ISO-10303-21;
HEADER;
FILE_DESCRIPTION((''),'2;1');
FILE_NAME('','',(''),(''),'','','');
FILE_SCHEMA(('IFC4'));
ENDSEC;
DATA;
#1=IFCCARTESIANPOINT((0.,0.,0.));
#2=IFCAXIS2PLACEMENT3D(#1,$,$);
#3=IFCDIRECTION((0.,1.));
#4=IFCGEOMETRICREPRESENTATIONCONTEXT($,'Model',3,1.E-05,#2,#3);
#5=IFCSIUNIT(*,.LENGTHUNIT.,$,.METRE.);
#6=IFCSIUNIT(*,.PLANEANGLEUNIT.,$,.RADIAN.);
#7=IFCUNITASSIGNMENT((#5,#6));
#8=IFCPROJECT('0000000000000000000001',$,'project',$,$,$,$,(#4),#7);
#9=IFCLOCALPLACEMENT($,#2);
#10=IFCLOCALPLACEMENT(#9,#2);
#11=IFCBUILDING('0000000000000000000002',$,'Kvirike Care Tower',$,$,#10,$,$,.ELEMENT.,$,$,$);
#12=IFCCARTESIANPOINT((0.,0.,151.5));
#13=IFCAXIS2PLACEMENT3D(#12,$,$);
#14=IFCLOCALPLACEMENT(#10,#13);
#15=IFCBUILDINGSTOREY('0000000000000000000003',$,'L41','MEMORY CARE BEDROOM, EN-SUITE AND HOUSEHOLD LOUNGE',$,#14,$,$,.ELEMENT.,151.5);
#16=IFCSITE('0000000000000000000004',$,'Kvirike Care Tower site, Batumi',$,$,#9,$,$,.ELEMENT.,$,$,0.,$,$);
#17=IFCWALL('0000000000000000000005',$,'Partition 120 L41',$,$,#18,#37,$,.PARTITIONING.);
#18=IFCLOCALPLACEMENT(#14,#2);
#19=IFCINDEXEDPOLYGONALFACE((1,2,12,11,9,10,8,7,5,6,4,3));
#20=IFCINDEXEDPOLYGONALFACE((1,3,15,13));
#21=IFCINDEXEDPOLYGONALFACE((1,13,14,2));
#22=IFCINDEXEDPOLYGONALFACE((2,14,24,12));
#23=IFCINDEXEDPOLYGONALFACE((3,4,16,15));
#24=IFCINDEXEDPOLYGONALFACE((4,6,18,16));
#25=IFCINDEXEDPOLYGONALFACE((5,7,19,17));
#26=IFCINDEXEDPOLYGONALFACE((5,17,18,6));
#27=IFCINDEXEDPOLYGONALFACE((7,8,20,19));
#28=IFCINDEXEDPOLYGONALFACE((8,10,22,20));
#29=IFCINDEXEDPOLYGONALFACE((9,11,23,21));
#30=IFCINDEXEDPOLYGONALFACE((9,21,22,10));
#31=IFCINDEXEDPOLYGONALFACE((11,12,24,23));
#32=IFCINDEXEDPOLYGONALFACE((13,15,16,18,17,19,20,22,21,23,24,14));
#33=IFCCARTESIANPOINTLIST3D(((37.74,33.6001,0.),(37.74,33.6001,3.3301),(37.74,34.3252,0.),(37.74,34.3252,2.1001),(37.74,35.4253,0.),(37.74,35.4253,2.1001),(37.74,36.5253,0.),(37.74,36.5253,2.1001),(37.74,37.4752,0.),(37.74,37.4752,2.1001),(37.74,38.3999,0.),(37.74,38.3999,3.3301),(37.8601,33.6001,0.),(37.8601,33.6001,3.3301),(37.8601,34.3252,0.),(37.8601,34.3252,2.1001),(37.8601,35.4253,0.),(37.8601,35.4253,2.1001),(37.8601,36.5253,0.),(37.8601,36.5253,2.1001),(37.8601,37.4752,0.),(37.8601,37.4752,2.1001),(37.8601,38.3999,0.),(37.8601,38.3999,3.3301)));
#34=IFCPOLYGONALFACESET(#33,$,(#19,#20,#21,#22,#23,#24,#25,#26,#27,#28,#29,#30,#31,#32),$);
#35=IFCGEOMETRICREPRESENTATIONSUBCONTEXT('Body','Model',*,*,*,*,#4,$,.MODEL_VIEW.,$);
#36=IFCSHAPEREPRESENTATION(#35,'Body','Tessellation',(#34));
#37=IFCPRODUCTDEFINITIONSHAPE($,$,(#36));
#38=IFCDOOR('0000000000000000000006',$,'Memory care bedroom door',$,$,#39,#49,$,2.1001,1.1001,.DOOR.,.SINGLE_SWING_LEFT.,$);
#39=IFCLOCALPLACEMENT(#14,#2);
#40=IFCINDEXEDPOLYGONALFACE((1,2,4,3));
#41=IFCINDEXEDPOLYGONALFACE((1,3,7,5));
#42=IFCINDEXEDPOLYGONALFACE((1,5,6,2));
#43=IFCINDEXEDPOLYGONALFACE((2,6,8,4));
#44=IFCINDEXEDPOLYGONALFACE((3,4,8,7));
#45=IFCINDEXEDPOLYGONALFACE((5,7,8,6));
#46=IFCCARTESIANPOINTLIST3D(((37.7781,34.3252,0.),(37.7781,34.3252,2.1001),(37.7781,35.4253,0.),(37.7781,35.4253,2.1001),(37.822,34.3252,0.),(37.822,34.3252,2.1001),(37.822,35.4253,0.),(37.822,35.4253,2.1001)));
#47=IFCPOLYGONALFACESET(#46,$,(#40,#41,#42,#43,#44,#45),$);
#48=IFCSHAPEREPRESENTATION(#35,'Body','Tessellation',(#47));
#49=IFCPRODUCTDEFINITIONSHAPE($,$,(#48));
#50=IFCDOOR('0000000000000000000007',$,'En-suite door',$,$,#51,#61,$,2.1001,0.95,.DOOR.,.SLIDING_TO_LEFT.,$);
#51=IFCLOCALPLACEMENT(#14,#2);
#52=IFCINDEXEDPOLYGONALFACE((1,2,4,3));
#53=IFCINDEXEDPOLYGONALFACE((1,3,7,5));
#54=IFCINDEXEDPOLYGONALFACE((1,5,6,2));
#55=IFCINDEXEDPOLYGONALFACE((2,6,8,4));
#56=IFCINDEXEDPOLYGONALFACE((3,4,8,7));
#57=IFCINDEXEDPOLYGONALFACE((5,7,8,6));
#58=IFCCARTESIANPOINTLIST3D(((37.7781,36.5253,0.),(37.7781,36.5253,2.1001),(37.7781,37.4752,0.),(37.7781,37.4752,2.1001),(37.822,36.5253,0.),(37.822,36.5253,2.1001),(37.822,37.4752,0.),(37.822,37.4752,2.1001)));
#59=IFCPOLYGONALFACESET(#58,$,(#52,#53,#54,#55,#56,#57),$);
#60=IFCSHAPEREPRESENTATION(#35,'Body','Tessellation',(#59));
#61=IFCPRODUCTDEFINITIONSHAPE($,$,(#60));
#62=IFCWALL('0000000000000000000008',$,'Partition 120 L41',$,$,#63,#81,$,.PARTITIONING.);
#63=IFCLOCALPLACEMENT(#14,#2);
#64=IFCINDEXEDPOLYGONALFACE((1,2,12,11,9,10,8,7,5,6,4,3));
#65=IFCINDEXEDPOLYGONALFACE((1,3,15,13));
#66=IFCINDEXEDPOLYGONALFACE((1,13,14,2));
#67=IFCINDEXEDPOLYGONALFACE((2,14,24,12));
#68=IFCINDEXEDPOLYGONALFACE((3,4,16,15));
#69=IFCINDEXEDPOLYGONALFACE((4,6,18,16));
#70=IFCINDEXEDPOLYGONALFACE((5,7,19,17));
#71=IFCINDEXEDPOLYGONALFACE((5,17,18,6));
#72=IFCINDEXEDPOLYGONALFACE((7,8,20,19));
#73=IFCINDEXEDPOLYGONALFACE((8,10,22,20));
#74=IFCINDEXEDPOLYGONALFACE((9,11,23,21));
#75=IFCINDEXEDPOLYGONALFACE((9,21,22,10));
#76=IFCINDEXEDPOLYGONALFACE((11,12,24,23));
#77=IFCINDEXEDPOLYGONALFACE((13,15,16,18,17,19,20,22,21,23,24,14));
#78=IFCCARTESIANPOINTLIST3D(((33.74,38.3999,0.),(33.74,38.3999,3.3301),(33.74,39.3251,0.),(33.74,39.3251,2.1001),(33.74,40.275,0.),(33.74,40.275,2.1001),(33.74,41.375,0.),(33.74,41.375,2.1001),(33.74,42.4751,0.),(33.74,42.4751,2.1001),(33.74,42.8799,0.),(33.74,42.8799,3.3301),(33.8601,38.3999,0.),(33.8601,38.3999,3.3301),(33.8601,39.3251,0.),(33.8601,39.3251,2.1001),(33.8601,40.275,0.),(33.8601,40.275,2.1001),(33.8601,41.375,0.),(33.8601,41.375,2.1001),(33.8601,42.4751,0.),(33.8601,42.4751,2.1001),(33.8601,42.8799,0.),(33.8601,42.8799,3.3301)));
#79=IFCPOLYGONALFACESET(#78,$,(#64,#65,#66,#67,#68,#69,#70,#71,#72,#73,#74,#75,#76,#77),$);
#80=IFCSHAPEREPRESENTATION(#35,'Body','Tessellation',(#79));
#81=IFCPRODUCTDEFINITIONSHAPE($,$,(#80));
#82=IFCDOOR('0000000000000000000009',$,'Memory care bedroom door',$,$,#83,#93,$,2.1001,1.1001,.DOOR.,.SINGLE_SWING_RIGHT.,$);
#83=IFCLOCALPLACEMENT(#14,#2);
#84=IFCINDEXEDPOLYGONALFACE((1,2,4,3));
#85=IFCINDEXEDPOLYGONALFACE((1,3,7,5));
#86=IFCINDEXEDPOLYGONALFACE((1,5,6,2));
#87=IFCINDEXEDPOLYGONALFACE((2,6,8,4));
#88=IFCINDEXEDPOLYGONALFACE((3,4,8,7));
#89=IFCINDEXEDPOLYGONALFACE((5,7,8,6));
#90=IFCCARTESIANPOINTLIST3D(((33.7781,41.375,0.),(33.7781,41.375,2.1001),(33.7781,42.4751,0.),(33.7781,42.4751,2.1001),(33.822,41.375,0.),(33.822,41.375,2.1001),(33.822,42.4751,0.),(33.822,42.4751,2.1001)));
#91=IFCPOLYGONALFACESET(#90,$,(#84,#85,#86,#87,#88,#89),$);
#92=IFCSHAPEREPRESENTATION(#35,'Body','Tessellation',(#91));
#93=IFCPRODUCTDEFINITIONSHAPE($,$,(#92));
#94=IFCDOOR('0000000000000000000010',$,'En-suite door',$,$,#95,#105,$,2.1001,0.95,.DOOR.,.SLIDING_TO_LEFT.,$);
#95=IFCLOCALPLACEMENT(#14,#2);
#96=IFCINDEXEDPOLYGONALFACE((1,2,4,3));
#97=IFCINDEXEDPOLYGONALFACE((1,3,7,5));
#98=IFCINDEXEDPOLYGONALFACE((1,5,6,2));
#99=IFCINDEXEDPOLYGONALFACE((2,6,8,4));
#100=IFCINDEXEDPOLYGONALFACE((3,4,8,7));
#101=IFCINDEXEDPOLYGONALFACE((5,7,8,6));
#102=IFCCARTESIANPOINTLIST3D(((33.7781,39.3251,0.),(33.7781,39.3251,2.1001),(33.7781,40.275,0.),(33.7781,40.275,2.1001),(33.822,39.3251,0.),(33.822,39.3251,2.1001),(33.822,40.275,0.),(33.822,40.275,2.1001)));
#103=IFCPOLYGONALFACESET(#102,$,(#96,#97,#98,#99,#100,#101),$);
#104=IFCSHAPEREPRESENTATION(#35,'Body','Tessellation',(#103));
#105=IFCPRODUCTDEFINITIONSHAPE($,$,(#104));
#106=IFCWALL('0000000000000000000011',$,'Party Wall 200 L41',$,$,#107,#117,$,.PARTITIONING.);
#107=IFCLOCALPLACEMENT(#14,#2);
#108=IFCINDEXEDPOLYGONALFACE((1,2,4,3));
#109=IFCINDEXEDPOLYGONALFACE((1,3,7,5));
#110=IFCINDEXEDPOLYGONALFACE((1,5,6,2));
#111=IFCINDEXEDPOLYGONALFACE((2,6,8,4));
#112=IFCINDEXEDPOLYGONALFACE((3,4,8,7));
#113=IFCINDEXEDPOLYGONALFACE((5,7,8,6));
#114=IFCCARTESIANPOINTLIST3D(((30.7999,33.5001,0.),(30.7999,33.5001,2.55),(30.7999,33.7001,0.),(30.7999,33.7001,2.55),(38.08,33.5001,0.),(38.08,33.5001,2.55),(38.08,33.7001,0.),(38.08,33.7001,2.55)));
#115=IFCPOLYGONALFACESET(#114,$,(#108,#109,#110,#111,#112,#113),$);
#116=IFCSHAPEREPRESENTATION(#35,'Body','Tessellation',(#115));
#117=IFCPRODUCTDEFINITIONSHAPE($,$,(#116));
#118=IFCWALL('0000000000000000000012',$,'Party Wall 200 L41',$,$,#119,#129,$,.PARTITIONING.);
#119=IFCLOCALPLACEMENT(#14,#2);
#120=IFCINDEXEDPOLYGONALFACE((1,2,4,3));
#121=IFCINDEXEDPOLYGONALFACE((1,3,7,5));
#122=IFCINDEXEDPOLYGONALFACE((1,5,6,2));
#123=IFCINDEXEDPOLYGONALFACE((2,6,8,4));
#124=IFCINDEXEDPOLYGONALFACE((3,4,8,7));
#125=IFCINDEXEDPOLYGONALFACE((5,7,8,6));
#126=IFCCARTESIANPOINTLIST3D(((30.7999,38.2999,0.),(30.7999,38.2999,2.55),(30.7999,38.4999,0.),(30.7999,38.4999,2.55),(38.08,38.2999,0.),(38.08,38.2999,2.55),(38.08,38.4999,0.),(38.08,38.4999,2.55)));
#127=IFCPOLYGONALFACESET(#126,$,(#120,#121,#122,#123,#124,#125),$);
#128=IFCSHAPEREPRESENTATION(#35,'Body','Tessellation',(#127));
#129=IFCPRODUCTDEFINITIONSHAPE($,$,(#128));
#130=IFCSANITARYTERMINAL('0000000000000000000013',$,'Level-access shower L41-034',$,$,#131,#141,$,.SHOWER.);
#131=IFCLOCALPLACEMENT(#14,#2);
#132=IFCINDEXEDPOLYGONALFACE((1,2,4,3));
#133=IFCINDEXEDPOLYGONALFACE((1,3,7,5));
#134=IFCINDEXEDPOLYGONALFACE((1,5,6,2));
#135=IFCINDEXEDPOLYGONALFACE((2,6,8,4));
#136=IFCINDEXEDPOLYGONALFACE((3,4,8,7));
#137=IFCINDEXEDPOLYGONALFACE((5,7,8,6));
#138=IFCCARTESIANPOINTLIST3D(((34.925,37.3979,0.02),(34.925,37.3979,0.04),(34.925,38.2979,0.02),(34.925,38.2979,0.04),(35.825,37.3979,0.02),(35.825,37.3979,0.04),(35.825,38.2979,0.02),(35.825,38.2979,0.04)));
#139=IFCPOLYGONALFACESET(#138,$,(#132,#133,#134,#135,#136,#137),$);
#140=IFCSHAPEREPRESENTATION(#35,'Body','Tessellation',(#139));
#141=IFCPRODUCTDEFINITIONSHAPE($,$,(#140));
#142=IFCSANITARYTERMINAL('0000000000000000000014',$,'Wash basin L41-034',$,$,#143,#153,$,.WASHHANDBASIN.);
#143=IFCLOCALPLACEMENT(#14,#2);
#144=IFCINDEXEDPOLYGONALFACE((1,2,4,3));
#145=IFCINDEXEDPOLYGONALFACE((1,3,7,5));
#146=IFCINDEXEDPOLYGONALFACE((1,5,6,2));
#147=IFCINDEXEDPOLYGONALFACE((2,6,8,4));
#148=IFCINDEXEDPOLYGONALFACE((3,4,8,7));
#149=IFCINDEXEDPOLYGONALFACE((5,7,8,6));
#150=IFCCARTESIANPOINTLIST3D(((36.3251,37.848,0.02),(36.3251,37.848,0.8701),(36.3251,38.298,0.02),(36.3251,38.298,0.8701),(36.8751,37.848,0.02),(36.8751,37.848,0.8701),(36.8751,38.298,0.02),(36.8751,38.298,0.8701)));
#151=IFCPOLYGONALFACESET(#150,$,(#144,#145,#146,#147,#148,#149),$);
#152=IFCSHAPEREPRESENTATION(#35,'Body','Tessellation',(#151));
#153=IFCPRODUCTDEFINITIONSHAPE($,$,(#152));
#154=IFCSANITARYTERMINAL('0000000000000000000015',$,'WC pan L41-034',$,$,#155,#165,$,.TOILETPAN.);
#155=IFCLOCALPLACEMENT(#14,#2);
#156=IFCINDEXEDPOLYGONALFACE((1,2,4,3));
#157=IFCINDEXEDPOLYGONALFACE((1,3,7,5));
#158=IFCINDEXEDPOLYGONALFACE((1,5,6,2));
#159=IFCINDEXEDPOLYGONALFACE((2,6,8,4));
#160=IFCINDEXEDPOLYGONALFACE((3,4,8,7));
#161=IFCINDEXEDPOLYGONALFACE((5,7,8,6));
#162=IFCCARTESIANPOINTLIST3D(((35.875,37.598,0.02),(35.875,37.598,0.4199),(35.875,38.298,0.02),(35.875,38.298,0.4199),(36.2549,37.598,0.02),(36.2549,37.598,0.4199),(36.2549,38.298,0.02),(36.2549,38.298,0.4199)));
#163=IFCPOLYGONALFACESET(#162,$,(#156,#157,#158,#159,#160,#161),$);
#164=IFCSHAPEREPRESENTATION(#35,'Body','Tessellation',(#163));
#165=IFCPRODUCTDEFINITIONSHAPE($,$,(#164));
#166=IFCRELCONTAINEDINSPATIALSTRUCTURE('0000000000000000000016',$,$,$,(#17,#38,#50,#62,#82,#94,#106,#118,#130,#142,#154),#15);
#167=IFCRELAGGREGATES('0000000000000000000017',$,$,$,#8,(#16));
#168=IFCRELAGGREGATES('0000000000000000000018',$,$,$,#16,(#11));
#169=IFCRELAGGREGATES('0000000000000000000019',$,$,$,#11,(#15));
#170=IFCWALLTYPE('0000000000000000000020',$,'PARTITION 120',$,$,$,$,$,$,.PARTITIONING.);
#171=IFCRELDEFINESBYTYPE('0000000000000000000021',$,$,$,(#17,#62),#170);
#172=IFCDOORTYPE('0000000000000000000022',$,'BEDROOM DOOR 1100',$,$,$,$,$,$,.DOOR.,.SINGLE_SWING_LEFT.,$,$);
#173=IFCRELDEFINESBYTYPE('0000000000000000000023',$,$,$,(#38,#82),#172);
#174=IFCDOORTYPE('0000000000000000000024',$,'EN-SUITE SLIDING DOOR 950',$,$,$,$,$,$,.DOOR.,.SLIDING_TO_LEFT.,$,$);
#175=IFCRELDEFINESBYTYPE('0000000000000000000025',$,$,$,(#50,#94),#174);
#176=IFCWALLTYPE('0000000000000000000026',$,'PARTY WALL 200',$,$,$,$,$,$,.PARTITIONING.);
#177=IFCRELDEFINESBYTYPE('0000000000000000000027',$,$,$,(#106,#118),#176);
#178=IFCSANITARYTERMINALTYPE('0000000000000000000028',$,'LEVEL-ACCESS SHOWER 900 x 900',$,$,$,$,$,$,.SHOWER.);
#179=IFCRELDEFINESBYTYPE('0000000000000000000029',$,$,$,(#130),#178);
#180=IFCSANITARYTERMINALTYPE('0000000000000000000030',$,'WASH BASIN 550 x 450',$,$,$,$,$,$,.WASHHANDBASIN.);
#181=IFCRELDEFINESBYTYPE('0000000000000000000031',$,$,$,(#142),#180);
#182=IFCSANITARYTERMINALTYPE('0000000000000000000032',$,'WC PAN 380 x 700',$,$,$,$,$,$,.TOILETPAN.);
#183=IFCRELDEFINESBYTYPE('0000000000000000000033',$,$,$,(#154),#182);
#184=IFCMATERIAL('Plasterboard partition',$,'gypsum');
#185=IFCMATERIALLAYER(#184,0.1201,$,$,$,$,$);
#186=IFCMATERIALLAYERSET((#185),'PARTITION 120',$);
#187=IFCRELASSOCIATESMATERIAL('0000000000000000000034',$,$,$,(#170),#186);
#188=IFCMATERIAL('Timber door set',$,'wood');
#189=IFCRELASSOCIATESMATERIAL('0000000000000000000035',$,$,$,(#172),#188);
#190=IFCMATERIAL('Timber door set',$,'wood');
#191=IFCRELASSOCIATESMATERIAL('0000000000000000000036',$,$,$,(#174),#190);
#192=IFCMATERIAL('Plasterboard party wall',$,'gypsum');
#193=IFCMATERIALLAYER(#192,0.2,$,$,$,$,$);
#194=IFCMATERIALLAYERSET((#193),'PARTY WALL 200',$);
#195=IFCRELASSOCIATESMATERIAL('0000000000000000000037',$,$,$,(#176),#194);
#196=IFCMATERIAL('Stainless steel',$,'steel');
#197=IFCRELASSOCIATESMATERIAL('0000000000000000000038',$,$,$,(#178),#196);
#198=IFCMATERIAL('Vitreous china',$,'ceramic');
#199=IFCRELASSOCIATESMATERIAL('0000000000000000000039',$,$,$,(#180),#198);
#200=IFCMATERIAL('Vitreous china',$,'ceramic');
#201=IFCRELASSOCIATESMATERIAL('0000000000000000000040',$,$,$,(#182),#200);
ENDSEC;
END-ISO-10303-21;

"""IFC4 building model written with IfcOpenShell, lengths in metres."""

from ifc_helpers import new_model, si_unit, direction, frame, frame_2d, origin, origin_2d, place, context, subcontext, project, spatial, rectangle, extrude, material, layer, layer_set, type_object, element, fill, save


model = new_model("IFC4")

# Units and contexts
model_context = context("Model", 3, precision=1e-05, world=origin(), true_north=direction((0.0, 1.0)))
body_context = subcontext(model_context, "Body", "Model", "MODEL_VIEW")
ifc_project = project(units=[si_unit("LENGTHUNIT", "METRE"), si_unit("PLANEANGLEUNIT", "RADIAN")], contexts=[model_context])

# Site, building, storey
site_placement = place(None, origin())
site = spatial("IfcSite", under=ifc_project, at=site_placement, Name="Kvirike Care Tower site, Batumi", CompositionType="ELEMENT", RefElevation=0.0)
building_placement = place(site_placement, origin())
building = spatial("IfcBuilding", under=site, at=building_placement, Name="Kvirike Care Tower", CompositionType="ELEMENT")
storey_placement = place(building_placement, frame((0.0, 0.0, 151.5)))
storey = spatial("IfcBuildingStorey", under=building, at=storey_placement, Name="L41", Description="MEMORY CARE BEDROOM, EN-SUITE AND HOUSEHOLD LOUNGE", CompositionType="ELEMENT", Elevation=151.5)

# Walls, openings, doors
ifc_material_1 = material(Name="Plasterboard partition", Category="gypsum")
ifc_layer_1 = layer(ifc_material_1, 0.1201)
ifc_layer_set_1 = layer_set([ifc_layer_1], Name="PARTITION 120")
wall_type_1 = type_object("IfcWallType", Name="PARTITION 120", PredefinedType="PARTITIONING", material=ifc_layer_set_1)
wall_1_placement = place(storey_placement, frame((37.8, 33.6001, 0.0), z_axis=(0.0, 0.0, 1.0), x_axis=(0.0, 1.0, 0.0)))
wall_1 = element("IfcWall", 1, at=wall_1_placement, inside=storey, type_object=wall_type_1, Name="Partition 120 L41", PredefinedType="PARTITIONING", context=body_context, shape_type="SweptSolid", body=[
    extrude(rectangle(XDim=4.7998, YDim=0.1201, at=frame_2d((2.3999, 0.0))), origin(), (0.0, 0.0, 1.0), 3.3301),
])
opening_1_placement = place(wall_1_placement, frame((0.7251, 0.0, 0.0)))
opening_1 = element("IfcOpeningElement", 2, at=opening_1_placement, cuts=wall_1, PredefinedType="OPENING", context=body_context, shape_type="SweptSolid", body=[
    extrude(rectangle(XDim=1.1001, YDim=2.1001, at=frame_2d((0.55, 1.05))), frame((0.0, 0.0706, 0.0), z_axis=(0.0, -1.0, 0.0), x_axis=(1.0, 0.0, 0.0)), (0.0, 0.0, 1.0), 0.1411),
])
opening_2_placement = place(wall_1_placement, frame((2.925, 0.0, 0.0)))
opening_2 = element("IfcOpeningElement", 3, at=opening_2_placement, cuts=wall_1, PredefinedType="OPENING", context=body_context, shape_type="SweptSolid", body=[
    extrude(rectangle(XDim=0.95, YDim=2.1001, at=frame_2d((0.4751, 1.05))), frame((0.0, 0.0706, 0.0), z_axis=(0.0, -1.0, 0.0), x_axis=(1.0, 0.0, 0.0)), (0.0, 0.0, 1.0), 0.1411),
])
ifc_material_2 = material(Name="Timber door set", Category="wood")
door_type_1 = type_object("IfcDoorType", Name="BEDROOM DOOR 1100", OperationType="SINGLE_SWING_LEFT", PredefinedType="DOOR", material=ifc_material_2)
door_1_placement = place(opening_1_placement, origin())
door_1 = element("IfcDoor", 4, at=door_1_placement, inside=storey, type_object=door_type_1, Name="Memory care bedroom door", OperationType="SINGLE_SWING_LEFT", OverallHeight=2.1001, OverallWidth=1.1001, PredefinedType="DOOR", context=body_context, shape_type="SweptSolid", body=[
    extrude(rectangle(XDim=1.1001, YDim=2.1001, at=frame_2d((0.55, 1.05))), frame((0.0, 0.022, 0.0), z_axis=(0.0, -1.0, 0.0), x_axis=(1.0, 0.0, 0.0)), (0.0, 0.0, 1.0), 0.0439),
])
fill(opening_1, door_1)
ifc_material_3 = material(Name="Timber door set", Category="wood")
door_type_2 = type_object("IfcDoorType", Name="EN-SUITE SLIDING DOOR 950", OperationType="SLIDING_TO_LEFT", PredefinedType="DOOR", material=ifc_material_3)
door_2_placement = place(opening_2_placement, origin())
door_2 = element("IfcDoor", 5, at=door_2_placement, inside=storey, type_object=door_type_2, Name="En-suite door", OperationType="SLIDING_TO_LEFT", OverallHeight=2.1001, OverallWidth=0.95, PredefinedType="DOOR", context=body_context, shape_type="SweptSolid", body=[
    extrude(rectangle(XDim=0.95, YDim=2.1001, at=frame_2d((0.4751, 1.05))), frame((0.0, 0.022, 0.0), z_axis=(0.0, -1.0, 0.0), x_axis=(1.0, 0.0, 0.0)), (0.0, 0.0, 1.0), 0.0439),
])
fill(opening_2, door_2)
wall_2_placement = place(storey_placement, frame((33.8, 38.3999, 0.0), z_axis=(0.0, 0.0, 1.0), x_axis=(0.0, 1.0, 0.0)))
wall_2 = element("IfcWall", 6, at=wall_2_placement, inside=storey, type_object=wall_type_1, Name="Partition 120 L41", PredefinedType="PARTITIONING", context=body_context, shape_type="SweptSolid", body=[
    extrude(rectangle(XDim=4.48, YDim=0.1201, at=frame_2d((2.24, 0.0))), origin(), (0.0, 0.0, 1.0), 3.3301),
])
opening_3_placement = place(wall_2_placement, frame((2.9751, 0.0, 0.0)))
opening_3 = element("IfcOpeningElement", 7, at=opening_3_placement, cuts=wall_2, PredefinedType="OPENING", context=body_context, shape_type="SweptSolid", body=[
    extrude(rectangle(XDim=1.1001, YDim=2.1001, at=frame_2d((0.55, 1.05))), frame((0.0, 0.0706, 0.0), z_axis=(0.0, -1.0, 0.0), x_axis=(1.0, 0.0, 0.0)), (0.0, 0.0, 1.0), 0.1411),
])
opening_4_placement = place(wall_2_placement, frame((0.925, 0.0, 0.0)))
opening_4 = element("IfcOpeningElement", 8, at=opening_4_placement, cuts=wall_2, PredefinedType="OPENING", context=body_context, shape_type="SweptSolid", body=[
    extrude(rectangle(XDim=0.95, YDim=2.1001, at=frame_2d((0.4751, 1.05))), frame((0.0, 0.0706, 0.0), z_axis=(0.0, -1.0, 0.0), x_axis=(1.0, 0.0, 0.0)), (0.0, 0.0, 1.0), 0.1411),
])
door_3_placement = place(opening_3_placement, origin())
door_3 = element("IfcDoor", 9, at=door_3_placement, inside=storey, type_object=door_type_1, Name="Memory care bedroom door", OperationType="SINGLE_SWING_RIGHT", OverallHeight=2.1001, OverallWidth=1.1001, PredefinedType="DOOR", context=body_context, shape_type="SweptSolid", body=[
    extrude(rectangle(XDim=1.1001, YDim=2.1001, at=frame_2d((0.55, 1.05))), frame((0.0, 0.022, 0.0), z_axis=(0.0, -1.0, 0.0), x_axis=(1.0, 0.0, 0.0)), (0.0, 0.0, 1.0), 0.0439),
])
fill(opening_3, door_3)
door_4_placement = place(opening_4_placement, origin())
door_4 = element("IfcDoor", 10, at=door_4_placement, inside=storey, type_object=door_type_2, Name="En-suite door", OperationType="SLIDING_TO_LEFT", OverallHeight=2.1001, OverallWidth=0.95, PredefinedType="DOOR", context=body_context, shape_type="SweptSolid", body=[
    extrude(rectangle(XDim=0.95, YDim=2.1001, at=frame_2d((0.4751, 1.05))), frame((0.0, 0.022, 0.0), z_axis=(0.0, -1.0, 0.0), x_axis=(1.0, 0.0, 0.0)), (0.0, 0.0, 1.0), 0.0439),
])
fill(opening_4, door_4)

# Walls
ifc_material_4 = material(Name="Plasterboard party wall", Category="gypsum")
ifc_layer_2 = layer(ifc_material_4, 0.2)
ifc_layer_set_2 = layer_set([ifc_layer_2], Name="PARTY WALL 200")
wall_type_2 = type_object("IfcWallType", Name="PARTY WALL 200", PredefinedType="PARTITIONING", material=ifc_layer_set_2)
for number, where, z_axis, x_axis, name in (
    (11, (38.0801, 33.6001, 0.0), (0.0, 0.0, 1.0), (-1.0, 0.0, 0.0), "Party Wall 200 L41"),
    (12, (38.0801, 38.3999, 0.0), (0.0, 0.0, 1.0), (-1.0, 0.0, 0.0), "Party Wall 200 L41"),
):
    element("IfcWall", number, at=place(storey_placement, frame(where, z_axis=z_axis, x_axis=x_axis)), inside=storey, type_object=wall_type_2, Name=name, PredefinedType="PARTITIONING", context=body_context, shape_type="SweptSolid", body=[
        extrude(rectangle(XDim=7.28, YDim=0.2, at=frame_2d((3.6401, 0.0))), origin(), (0.0, 0.0, 1.0), 2.55),
    ])

# Sanitary terminals
ifc_material_5 = material(Name="Stainless steel", Category="steel")
sanitary_terminal_type_1 = type_object("IfcSanitaryTerminalType", Name="LEVEL-ACCESS SHOWER 900 x 900", PredefinedType="SHOWER", material=ifc_material_5)
sanitary_terminal_1_placement = place(storey_placement, frame((35.375, 37.8479, 0.02), z_axis=(0.0, 0.0, 1.0), x_axis=(1.0, 0.0, 0.0)))
element("IfcSanitaryTerminal", 13, at=sanitary_terminal_1_placement, inside=storey, type_object=sanitary_terminal_type_1, Name="Level-access shower L41-034", PredefinedType="SHOWER", context=body_context, shape_type="SweptSolid", body=[
    extrude(rectangle(XDim=0.8999, YDim=0.8999, at=origin_2d()), origin(), (0.0, 0.0, 1.0), 0.02),
])
ifc_material_6 = material(Name="Vitreous china", Category="ceramic")
sanitary_terminal_type_2 = type_object("IfcSanitaryTerminalType", Name="WASH BASIN 550 x 450", PredefinedType="WASHHANDBASIN", material=ifc_material_6)
sanitary_terminal_2_placement = place(storey_placement, frame((36.6001, 38.073, 0.02), z_axis=(0.0, 0.0, 1.0), x_axis=(1.0, 0.0, 0.0)))
element("IfcSanitaryTerminal", 14, at=sanitary_terminal_2_placement, inside=storey, type_object=sanitary_terminal_type_2, Name="Wash basin L41-034", PredefinedType="WASHHANDBASIN", context=body_context, shape_type="SweptSolid", body=[
    extrude(rectangle(XDim=0.55, YDim=0.45, at=origin_2d()), origin(), (0.0, 0.0, 1.0), 0.8501),
])
ifc_material_7 = material(Name="Vitreous china", Category="ceramic")
sanitary_terminal_type_3 = type_object("IfcSanitaryTerminalType", Name="WC PAN 380 x 700", PredefinedType="TOILETPAN", material=ifc_material_7)
sanitary_terminal_3_placement = place(storey_placement, frame((36.0649, 37.948, 0.02), z_axis=(0.0, 0.0, 1.0), x_axis=(1.0, 0.0, 0.0)))
element("IfcSanitaryTerminal", 15, at=sanitary_terminal_3_placement, inside=storey, type_object=sanitary_terminal_type_3, Name="WC pan L41-034", PredefinedType="TOILETPAN", context=body_context, shape_type="SweptSolid", body=[
    extrude(rectangle(XDim=0.3799, YDim=0.7, at=origin_2d()), origin(), (0.0, 0.0, 1.0), 0.3999),
])

save(model, "model.ifc")
